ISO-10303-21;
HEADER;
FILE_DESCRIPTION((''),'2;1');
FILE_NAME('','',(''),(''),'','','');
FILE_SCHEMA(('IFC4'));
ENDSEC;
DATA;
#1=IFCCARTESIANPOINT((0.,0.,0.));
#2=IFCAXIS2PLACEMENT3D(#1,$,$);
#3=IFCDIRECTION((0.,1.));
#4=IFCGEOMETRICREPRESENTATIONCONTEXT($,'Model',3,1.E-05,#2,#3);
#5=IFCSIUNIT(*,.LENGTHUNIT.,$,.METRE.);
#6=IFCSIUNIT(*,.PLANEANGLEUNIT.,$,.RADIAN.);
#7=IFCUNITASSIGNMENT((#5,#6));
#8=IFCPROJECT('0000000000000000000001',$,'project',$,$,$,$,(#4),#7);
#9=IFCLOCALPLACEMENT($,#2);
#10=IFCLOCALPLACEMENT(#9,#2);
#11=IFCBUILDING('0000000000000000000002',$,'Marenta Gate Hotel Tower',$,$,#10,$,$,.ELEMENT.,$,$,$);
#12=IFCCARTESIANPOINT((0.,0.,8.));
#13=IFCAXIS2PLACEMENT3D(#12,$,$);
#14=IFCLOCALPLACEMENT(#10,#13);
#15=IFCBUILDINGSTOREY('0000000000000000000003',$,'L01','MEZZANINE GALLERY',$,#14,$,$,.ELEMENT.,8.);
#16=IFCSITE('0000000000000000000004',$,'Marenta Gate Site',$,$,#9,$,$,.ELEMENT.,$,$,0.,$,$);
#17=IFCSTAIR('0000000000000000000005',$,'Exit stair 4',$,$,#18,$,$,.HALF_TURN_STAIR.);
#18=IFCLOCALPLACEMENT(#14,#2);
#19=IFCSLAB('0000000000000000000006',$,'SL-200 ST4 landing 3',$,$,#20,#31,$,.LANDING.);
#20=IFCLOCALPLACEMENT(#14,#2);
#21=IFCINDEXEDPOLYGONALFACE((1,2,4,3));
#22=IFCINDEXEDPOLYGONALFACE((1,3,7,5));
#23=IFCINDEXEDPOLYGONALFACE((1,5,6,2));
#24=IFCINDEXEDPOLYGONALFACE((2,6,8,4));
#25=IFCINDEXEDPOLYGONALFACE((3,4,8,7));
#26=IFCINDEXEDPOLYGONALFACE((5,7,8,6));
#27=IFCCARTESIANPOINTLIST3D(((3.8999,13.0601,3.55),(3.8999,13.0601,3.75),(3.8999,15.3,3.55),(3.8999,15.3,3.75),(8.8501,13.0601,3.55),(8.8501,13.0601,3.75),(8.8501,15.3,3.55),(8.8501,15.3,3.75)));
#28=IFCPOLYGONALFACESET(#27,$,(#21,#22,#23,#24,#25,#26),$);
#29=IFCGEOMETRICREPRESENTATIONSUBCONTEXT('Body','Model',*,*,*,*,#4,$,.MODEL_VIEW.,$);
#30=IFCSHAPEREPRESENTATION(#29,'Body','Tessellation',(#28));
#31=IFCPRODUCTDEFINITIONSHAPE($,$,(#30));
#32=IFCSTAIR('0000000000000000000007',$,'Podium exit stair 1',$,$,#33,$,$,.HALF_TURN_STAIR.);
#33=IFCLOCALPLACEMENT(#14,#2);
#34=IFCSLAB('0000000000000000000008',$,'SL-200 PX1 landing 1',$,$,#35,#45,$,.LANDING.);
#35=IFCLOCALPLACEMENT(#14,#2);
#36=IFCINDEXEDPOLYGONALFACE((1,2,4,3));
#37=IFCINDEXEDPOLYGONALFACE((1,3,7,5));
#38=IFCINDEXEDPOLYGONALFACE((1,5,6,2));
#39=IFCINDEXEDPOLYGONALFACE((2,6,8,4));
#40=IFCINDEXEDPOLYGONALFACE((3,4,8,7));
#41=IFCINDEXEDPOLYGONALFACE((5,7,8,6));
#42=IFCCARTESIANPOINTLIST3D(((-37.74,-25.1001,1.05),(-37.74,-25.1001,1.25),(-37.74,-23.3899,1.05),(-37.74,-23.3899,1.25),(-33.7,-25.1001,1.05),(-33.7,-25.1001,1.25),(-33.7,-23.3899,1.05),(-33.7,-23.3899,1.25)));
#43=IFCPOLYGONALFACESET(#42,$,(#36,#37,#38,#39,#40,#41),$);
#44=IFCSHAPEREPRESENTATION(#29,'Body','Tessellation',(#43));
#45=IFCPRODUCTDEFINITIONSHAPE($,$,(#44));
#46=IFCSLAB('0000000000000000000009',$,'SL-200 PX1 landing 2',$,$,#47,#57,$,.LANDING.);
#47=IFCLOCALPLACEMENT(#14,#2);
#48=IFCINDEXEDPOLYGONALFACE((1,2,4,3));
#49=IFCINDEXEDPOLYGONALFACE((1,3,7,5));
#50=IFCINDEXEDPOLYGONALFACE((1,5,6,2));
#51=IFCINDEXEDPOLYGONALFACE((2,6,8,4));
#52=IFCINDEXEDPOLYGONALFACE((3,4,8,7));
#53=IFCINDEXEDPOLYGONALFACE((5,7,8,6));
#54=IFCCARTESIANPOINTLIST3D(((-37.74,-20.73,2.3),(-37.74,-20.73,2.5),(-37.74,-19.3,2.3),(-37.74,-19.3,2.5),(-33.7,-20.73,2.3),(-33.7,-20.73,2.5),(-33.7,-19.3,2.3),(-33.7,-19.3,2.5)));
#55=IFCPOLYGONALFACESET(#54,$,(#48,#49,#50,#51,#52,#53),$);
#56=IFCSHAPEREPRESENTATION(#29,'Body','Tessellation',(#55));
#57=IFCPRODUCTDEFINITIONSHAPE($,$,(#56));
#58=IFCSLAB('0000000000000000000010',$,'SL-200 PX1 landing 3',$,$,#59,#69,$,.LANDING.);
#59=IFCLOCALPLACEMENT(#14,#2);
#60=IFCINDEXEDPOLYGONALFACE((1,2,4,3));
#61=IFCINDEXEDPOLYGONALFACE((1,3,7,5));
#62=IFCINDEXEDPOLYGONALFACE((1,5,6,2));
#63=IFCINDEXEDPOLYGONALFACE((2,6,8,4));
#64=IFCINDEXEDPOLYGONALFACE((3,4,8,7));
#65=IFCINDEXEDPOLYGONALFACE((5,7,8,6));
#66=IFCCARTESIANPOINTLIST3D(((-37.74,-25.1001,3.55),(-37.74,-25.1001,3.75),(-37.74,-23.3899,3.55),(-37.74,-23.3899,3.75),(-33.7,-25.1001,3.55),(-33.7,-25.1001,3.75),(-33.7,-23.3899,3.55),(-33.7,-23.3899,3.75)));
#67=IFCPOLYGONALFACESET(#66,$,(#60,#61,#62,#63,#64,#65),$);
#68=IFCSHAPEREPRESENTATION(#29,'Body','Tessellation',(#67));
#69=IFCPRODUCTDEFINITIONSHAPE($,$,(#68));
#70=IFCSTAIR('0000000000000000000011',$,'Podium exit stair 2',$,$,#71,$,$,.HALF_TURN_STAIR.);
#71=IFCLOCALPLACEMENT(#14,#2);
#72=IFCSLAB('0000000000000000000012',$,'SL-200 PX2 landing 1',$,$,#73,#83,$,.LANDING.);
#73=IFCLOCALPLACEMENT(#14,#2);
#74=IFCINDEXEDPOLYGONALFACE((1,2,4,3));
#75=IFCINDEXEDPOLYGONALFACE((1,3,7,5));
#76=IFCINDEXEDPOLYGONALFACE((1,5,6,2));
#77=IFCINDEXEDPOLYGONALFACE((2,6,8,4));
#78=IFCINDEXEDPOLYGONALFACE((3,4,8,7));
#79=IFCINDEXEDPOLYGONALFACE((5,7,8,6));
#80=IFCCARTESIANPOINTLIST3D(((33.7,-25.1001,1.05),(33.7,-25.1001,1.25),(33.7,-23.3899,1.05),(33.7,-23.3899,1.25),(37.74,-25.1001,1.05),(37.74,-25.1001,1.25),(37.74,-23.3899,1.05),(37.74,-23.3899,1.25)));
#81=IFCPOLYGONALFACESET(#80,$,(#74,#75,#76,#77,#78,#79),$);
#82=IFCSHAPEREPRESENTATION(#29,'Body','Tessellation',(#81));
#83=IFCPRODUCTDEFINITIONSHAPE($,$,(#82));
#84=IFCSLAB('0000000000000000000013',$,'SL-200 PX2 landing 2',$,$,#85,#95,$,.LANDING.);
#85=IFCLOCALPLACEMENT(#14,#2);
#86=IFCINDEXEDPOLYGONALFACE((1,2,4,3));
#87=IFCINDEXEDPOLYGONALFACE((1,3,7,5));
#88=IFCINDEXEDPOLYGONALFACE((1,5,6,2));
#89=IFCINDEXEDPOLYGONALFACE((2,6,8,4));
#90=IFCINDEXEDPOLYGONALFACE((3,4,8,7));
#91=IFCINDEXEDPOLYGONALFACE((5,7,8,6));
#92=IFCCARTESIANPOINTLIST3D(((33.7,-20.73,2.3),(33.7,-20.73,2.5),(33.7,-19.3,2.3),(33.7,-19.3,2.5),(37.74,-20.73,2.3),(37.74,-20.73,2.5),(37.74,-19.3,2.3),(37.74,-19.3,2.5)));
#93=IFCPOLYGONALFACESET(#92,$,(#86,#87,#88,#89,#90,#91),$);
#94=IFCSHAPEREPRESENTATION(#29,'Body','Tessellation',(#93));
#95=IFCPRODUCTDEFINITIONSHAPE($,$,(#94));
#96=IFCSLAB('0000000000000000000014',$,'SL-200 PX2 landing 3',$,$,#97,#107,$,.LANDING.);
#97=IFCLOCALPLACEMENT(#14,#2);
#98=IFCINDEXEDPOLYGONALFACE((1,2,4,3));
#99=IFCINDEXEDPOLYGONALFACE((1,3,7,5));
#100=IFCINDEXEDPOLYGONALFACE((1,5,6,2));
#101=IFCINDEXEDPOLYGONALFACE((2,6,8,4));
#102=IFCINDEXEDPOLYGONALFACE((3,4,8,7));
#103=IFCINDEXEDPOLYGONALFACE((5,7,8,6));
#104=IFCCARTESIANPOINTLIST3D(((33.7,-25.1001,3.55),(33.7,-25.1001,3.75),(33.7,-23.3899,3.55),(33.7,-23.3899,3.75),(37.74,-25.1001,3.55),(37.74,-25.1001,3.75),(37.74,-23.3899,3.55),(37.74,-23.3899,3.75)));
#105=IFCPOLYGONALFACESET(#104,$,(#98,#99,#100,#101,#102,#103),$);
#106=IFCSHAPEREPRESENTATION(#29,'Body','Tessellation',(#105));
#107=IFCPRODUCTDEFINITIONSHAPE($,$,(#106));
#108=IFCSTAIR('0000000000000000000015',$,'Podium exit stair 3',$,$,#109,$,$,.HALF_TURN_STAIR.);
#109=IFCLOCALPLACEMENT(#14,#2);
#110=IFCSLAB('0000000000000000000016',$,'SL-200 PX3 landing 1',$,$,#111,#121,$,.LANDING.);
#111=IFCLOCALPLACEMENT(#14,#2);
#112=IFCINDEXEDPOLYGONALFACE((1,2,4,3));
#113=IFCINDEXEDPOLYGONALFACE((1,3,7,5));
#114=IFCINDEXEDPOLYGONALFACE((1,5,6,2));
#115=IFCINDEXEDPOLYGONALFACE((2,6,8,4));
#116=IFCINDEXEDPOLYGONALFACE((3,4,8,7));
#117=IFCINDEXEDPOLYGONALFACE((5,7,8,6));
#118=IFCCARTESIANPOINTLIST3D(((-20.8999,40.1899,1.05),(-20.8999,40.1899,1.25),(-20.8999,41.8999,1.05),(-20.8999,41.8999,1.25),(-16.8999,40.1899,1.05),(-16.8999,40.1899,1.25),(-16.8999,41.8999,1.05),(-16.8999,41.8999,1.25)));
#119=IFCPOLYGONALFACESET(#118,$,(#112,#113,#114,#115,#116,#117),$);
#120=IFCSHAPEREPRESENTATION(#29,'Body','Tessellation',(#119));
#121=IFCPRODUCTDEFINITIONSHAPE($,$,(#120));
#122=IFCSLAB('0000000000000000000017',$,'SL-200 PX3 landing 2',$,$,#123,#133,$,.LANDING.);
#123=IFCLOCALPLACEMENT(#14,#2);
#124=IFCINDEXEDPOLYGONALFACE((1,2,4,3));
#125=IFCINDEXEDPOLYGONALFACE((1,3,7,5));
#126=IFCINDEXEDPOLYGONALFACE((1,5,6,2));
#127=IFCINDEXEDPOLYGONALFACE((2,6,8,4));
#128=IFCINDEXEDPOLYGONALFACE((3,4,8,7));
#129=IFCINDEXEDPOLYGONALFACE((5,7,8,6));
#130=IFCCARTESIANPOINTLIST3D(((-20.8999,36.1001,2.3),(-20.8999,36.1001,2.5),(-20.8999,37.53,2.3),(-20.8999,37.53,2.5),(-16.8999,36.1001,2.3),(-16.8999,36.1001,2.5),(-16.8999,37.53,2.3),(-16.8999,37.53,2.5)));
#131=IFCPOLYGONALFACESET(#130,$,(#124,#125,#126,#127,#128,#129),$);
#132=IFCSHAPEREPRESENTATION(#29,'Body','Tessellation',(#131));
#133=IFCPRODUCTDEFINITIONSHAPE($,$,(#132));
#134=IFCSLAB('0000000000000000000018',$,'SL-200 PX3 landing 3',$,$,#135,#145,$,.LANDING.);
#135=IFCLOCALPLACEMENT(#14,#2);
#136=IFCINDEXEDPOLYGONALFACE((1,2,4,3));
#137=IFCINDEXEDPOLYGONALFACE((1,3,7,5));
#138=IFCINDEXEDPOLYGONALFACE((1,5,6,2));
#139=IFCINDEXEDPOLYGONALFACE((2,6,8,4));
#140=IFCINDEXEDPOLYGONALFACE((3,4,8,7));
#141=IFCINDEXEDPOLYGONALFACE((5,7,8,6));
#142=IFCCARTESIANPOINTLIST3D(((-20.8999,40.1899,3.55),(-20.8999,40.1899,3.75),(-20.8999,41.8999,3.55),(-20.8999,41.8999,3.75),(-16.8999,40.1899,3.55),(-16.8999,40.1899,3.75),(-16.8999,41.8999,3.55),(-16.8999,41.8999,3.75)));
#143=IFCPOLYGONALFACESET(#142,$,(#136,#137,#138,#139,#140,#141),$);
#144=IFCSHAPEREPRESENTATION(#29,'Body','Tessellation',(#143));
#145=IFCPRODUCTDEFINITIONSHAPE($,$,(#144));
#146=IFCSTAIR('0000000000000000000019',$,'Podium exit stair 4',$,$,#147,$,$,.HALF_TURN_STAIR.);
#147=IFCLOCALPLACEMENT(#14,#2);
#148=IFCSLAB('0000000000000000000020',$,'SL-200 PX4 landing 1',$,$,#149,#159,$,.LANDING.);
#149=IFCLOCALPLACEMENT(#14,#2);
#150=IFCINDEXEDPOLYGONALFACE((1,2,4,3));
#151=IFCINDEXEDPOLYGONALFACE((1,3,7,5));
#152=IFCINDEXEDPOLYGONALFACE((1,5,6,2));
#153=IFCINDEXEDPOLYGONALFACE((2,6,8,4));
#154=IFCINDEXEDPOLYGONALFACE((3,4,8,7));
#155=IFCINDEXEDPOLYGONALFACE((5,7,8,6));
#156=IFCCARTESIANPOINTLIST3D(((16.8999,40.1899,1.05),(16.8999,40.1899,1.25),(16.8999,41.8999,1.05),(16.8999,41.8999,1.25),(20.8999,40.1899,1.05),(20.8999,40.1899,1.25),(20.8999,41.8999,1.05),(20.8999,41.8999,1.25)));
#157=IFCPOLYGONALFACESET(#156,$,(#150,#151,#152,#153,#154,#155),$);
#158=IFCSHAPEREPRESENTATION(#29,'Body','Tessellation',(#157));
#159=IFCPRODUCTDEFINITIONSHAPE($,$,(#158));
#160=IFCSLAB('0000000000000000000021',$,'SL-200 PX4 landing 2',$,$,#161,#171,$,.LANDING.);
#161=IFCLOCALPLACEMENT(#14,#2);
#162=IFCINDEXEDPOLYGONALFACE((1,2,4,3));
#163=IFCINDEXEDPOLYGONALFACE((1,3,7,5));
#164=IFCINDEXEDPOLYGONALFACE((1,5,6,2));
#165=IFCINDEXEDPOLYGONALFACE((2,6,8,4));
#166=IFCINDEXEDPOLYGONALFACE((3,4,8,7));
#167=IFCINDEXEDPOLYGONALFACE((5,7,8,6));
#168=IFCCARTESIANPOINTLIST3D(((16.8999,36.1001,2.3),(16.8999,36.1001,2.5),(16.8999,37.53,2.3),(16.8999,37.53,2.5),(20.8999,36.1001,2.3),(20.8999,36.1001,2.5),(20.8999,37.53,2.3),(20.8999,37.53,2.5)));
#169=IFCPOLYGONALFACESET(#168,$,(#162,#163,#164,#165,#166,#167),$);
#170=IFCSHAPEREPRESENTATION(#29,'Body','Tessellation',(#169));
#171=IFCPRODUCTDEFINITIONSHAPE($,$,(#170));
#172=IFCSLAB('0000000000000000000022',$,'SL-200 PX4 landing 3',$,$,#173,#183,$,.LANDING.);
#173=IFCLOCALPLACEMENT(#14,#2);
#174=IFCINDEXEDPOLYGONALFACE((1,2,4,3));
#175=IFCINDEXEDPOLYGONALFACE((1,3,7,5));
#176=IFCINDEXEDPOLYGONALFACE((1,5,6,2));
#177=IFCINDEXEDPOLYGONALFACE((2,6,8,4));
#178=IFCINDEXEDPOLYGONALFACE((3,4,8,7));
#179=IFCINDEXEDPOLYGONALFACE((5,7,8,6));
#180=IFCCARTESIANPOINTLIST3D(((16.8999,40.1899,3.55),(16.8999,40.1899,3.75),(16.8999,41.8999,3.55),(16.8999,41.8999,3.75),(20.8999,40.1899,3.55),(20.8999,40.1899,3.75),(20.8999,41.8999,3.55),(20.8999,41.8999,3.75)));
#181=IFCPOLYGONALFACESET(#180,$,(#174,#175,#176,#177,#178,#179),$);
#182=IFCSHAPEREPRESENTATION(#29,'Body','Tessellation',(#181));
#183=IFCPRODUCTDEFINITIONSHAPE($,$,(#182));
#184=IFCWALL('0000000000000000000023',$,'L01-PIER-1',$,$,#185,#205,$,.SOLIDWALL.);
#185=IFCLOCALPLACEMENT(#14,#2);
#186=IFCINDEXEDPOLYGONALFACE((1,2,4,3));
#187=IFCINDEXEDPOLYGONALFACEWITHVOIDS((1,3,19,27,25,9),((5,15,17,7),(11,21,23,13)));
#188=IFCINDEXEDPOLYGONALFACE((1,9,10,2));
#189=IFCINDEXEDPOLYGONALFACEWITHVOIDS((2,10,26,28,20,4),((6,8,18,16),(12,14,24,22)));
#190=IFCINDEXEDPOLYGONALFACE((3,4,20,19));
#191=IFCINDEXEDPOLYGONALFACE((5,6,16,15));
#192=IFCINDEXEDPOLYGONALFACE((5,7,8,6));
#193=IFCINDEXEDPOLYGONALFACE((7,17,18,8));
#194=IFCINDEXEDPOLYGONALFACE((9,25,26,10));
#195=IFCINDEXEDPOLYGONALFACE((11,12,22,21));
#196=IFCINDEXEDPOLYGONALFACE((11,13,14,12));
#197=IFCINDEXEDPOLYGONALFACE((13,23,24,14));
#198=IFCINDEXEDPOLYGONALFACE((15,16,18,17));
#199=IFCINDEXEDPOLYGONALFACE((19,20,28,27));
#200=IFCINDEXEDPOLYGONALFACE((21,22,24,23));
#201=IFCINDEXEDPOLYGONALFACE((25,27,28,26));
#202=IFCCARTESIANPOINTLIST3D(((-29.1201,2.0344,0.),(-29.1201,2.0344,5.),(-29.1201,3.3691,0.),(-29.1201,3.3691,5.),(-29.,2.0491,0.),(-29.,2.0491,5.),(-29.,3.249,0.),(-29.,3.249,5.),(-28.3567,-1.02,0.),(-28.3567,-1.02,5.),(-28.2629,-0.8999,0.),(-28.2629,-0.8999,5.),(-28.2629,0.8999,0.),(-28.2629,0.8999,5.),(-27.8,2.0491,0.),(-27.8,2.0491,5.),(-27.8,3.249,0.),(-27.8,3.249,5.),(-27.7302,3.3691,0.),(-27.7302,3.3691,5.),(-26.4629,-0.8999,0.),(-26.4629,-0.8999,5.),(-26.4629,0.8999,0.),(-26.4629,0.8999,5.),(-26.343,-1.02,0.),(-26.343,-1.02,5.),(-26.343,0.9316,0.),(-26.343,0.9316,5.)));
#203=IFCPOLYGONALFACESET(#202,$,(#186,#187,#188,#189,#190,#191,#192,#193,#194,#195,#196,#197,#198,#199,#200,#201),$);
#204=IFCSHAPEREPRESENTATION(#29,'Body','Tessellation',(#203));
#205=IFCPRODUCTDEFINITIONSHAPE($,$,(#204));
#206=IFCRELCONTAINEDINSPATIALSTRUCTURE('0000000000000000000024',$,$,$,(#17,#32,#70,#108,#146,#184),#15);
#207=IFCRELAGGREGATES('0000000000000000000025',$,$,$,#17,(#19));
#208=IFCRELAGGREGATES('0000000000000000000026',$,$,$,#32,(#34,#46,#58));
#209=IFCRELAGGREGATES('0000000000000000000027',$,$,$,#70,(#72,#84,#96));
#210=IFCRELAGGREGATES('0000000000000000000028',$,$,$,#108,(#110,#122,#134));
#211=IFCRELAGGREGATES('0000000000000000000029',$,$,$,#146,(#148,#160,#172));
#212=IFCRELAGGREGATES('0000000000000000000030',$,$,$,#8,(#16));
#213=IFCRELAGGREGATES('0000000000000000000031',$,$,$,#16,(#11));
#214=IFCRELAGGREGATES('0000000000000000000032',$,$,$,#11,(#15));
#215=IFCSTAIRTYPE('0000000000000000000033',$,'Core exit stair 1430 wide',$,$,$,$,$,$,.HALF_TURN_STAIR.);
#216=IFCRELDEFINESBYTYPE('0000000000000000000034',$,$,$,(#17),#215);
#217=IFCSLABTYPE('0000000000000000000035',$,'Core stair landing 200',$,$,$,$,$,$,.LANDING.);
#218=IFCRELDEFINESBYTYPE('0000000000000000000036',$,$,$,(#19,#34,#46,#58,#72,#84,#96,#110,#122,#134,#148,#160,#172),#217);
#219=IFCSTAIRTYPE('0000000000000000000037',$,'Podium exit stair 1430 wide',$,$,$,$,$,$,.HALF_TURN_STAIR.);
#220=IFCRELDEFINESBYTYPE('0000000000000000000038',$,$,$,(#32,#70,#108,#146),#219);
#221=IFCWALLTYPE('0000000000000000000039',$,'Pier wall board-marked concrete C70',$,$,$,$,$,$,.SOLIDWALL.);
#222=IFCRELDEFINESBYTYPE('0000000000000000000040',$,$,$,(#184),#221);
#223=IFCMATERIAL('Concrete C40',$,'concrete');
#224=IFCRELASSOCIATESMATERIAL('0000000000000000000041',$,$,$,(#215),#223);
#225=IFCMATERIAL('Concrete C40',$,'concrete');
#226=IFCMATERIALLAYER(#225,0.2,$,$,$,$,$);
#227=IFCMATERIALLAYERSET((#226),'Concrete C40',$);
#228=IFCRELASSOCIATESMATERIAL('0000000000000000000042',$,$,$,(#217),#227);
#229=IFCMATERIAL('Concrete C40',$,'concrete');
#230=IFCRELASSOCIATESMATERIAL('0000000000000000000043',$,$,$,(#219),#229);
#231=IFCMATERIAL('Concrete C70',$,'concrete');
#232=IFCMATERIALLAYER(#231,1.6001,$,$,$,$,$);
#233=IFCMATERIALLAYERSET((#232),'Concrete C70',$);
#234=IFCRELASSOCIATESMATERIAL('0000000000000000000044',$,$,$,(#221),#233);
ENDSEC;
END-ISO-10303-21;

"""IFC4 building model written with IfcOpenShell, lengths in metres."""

from ifc_helpers import new_model, si_unit, direction, frame, origin, place, context, subcontext, project, spatial, polyline, outline, extrude, material, layer, layer_set, type_object, element, aggregate, save


model = new_model("IFC4")

# Units and contexts
model_context = context("Model", 3, precision=1e-05, world=origin(), true_north=direction((0.0, 1.0)))
body_context = subcontext(model_context, "Body", "Model", "MODEL_VIEW")
ifc_project = project(units=[si_unit("LENGTHUNIT", "METRE"), si_unit("PLANEANGLEUNIT", "RADIAN")], contexts=[model_context])

# Site, building, storey
site_placement = place(None, origin())
site = spatial("IfcSite", under=ifc_project, at=site_placement, Name="Marenta Gate Site", CompositionType="ELEMENT", RefElevation=0.0)
building_placement = place(site_placement, origin())
building = spatial("IfcBuilding", under=site, at=building_placement, Name="Marenta Gate Hotel Tower", CompositionType="ELEMENT")
storey_placement = place(building_placement, frame((0.0, 0.0, 8.0)))
storey = spatial("IfcBuildingStorey", under=building, at=storey_placement, Name="L01", Description="MEZZANINE GALLERY", CompositionType="ELEMENT", Elevation=8.0)

# Stairs, slabs
ifc_material_1 = material(Name="Concrete C40", Category="concrete")
stair_type_1 = type_object("IfcStairType", Name="Core exit stair 1430 wide", PredefinedType="HALF_TURN_STAIR", material=ifc_material_1)
ifc_material_2 = material(Name="Concrete C40", Category="concrete")
ifc_layer_1 = layer(ifc_material_2, 0.2)
ifc_layer_set_1 = layer_set([ifc_layer_1], Name="Concrete C40")
slab_type = type_object("IfcSlabType", Name="Core stair landing 200", PredefinedType="LANDING", material=ifc_layer_set_1)
stair_1_placement = place(storey_placement, origin())
stair_1 = element("IfcStair", 1, at=stair_1_placement, inside=storey, type_object=stair_type_1, Name="Exit stair 4", PredefinedType="HALF_TURN_STAIR")
slab_1_placement = place(storey_placement, frame((0.0, 0.0, 3.55)))
slab_1 = element("IfcSlab", 2, at=slab_1_placement, type_object=slab_type, Name="SL-200 ST4 landing 3", PredefinedType="LANDING", context=body_context, shape_type="SweptSolid", body=[
    extrude(outline(polyline([(3.8999, 13.0601), (8.8501, 13.0601), (8.8501, 15.3), (3.8999, 15.3), (3.8999, 13.0601)])), origin(), (0.0, 0.0, 1.0), 0.2),
])
aggregate(stair_1, [slab_1])
ifc_material_3 = material(Name="Concrete C40", Category="concrete")
stair_type_2 = type_object("IfcStairType", Name="Podium exit stair 1430 wide", PredefinedType="HALF_TURN_STAIR", material=ifc_material_3)
stair_2_placement = place(storey_placement, origin())
stair_2 = element("IfcStair", 3, at=stair_2_placement, inside=storey, type_object=stair_type_2, Name="Podium exit stair 1", PredefinedType="HALF_TURN_STAIR")
slab_2_placement = place(storey_placement, frame((0.0, 0.0, 1.05)))
slab_2 = element("IfcSlab", 4, at=slab_2_placement, type_object=slab_type, Name="SL-200 PX1 landing 1", PredefinedType="LANDING", context=body_context, shape_type="SweptSolid", body=[
    extrude(outline(polyline([(-37.74, -25.1001), (-33.7, -25.1001), (-33.7, -23.3899), (-37.74, -23.3899), (-37.74, -25.1001)])), origin(), (0.0, 0.0, 1.0), 0.2),
])
slab_3_placement = place(storey_placement, frame((0.0, 0.0, 2.3)))
slab_3 = element("IfcSlab", 5, at=slab_3_placement, type_object=slab_type, Name="SL-200 PX1 landing 2", PredefinedType="LANDING", context=body_context, shape_type="SweptSolid", body=[
    extrude(outline(polyline([(-37.74, -20.73), (-33.7, -20.73), (-33.7, -19.3), (-37.74, -19.3), (-37.74, -20.73)])), origin(), (0.0, 0.0, 1.0), 0.2),
])
slab_4_placement = place(storey_placement, frame((0.0, 0.0, 3.55)))
slab_4 = element("IfcSlab", 6, at=slab_4_placement, type_object=slab_type, Name="SL-200 PX1 landing 3", PredefinedType="LANDING", context=body_context, shape_type="SweptSolid", body=[
    extrude(outline(polyline([(-37.74, -25.1001), (-33.7, -25.1001), (-33.7, -23.3899), (-37.74, -23.3899), (-37.74, -25.1001)])), origin(), (0.0, 0.0, 1.0), 0.2),
])
aggregate(stair_2, [slab_2, slab_3, slab_4])
stair_3_placement = place(storey_placement, origin())
stair_3 = element("IfcStair", 7, at=stair_3_placement, inside=storey, type_object=stair_type_2, Name="Podium exit stair 2", PredefinedType="HALF_TURN_STAIR")
slab_5_placement = place(storey_placement, frame((0.0, 0.0, 1.05)))
slab_5 = element("IfcSlab", 8, at=slab_5_placement, type_object=slab_type, Name="SL-200 PX2 landing 1", PredefinedType="LANDING", context=body_context, shape_type="SweptSolid", body=[
    extrude(outline(polyline([(33.7, -25.1001), (37.74, -25.1001), (37.74, -23.3899), (33.7, -23.3899), (33.7, -25.1001)])), origin(), (0.0, 0.0, 1.0), 0.2),
])
slab_6_placement = place(storey_placement, frame((0.0, 0.0, 2.3)))
slab_6 = element("IfcSlab", 9, at=slab_6_placement, type_object=slab_type, Name="SL-200 PX2 landing 2", PredefinedType="LANDING", context=body_context, shape_type="SweptSolid", body=[
    extrude(outline(polyline([(33.7, -20.73), (37.74, -20.73), (37.74, -19.3), (33.7, -19.3), (33.7, -20.73)])), origin(), (0.0, 0.0, 1.0), 0.2),
])
slab_7_placement = place(storey_placement, frame((0.0, 0.0, 3.55)))
slab_7 = element("IfcSlab", 10, at=slab_7_placement, type_object=slab_type, Name="SL-200 PX2 landing 3", PredefinedType="LANDING", context=body_context, shape_type="SweptSolid", body=[
    extrude(outline(polyline([(33.7, -25.1001), (37.74, -25.1001), (37.74, -23.3899), (33.7, -23.3899), (33.7, -25.1001)])), origin(), (0.0, 0.0, 1.0), 0.2),
])
aggregate(stair_3, [slab_5, slab_6, slab_7])
stair_4_placement = place(storey_placement, origin())
stair_4 = element("IfcStair", 11, at=stair_4_placement, inside=storey, type_object=stair_type_2, Name="Podium exit stair 3", PredefinedType="HALF_TURN_STAIR")
slab_8_placement = place(storey_placement, frame((0.0, 0.0, 1.05)))
slab_8 = element("IfcSlab", 12, at=slab_8_placement, type_object=slab_type, Name="SL-200 PX3 landing 1", PredefinedType="LANDING", context=body_context, shape_type="SweptSolid", body=[
    extrude(outline(polyline([(-20.8999, 40.1899), (-16.8999, 40.1899), (-16.8999, 41.8999), (-20.8999, 41.8999), (-20.8999, 40.1899)])), origin(), (0.0, 0.0, 1.0), 0.2),
])
slab_9_placement = place(storey_placement, frame((0.0, 0.0, 2.3)))
slab_9 = element("IfcSlab", 13, at=slab_9_placement, type_object=slab_type, Name="SL-200 PX3 landing 2", PredefinedType="LANDING", context=body_context, shape_type="SweptSolid", body=[
    extrude(outline(polyline([(-20.8999, 36.1001), (-16.8999, 36.1001), (-16.8999, 37.53), (-20.8999, 37.53), (-20.8999, 36.1001)])), origin(), (0.0, 0.0, 1.0), 0.2),
])
slab_10_placement = place(storey_placement, frame((0.0, 0.0, 3.55)))
slab_10 = element("IfcSlab", 14, at=slab_10_placement, type_object=slab_type, Name="SL-200 PX3 landing 3", PredefinedType="LANDING", context=body_context, shape_type="SweptSolid", body=[
    extrude(outline(polyline([(-20.8999, 40.1899), (-16.8999, 40.1899), (-16.8999, 41.8999), (-20.8999, 41.8999), (-20.8999, 40.1899)])), origin(), (0.0, 0.0, 1.0), 0.2),
])
aggregate(stair_4, [slab_8, slab_9, slab_10])
stair_5_placement = place(storey_placement, origin())
stair_5 = element("IfcStair", 15, at=stair_5_placement, inside=storey, type_object=stair_type_2, Name="Podium exit stair 4", PredefinedType="HALF_TURN_STAIR")
slab_11_placement = place(storey_placement, frame((0.0, 0.0, 1.05)))
slab_11 = element("IfcSlab", 16, at=slab_11_placement, type_object=slab_type, Name="SL-200 PX4 landing 1", PredefinedType="LANDING", context=body_context, shape_type="SweptSolid", body=[
    extrude(outline(polyline([(16.8999, 40.1899), (20.8999, 40.1899), (20.8999, 41.8999), (16.8999, 41.8999), (16.8999, 40.1899)])), origin(), (0.0, 0.0, 1.0), 0.2),
])
slab_12_placement = place(storey_placement, frame((0.0, 0.0, 2.3)))
slab_12 = element("IfcSlab", 17, at=slab_12_placement, type_object=slab_type, Name="SL-200 PX4 landing 2", PredefinedType="LANDING", context=body_context, shape_type="SweptSolid", body=[
    extrude(outline(polyline([(16.8999, 36.1001), (20.8999, 36.1001), (20.8999, 37.53), (16.8999, 37.53), (16.8999, 36.1001)])), origin(), (0.0, 0.0, 1.0), 0.2),
])
slab_13_placement = place(storey_placement, frame((0.0, 0.0, 3.55)))
slab_13 = element("IfcSlab", 18, at=slab_13_placement, type_object=slab_type, Name="SL-200 PX4 landing 3", PredefinedType="LANDING", context=body_context, shape_type="SweptSolid", body=[
    extrude(outline(polyline([(16.8999, 40.1899), (20.8999, 40.1899), (20.8999, 41.8999), (16.8999, 41.8999), (16.8999, 40.1899)])), origin(), (0.0, 0.0, 1.0), 0.2),
])
aggregate(stair_5, [slab_11, slab_12, slab_13])

# Wall
ifc_material_4 = material(Name="Concrete C70", Category="concrete")
ifc_layer_2 = layer(ifc_material_4, 1.6001)
ifc_layer_set_2 = layer_set([ifc_layer_2], Name="Concrete C70")
wall_type = type_object("IfcWallType", Name="Pier wall board-marked concrete C70", PredefinedType="SOLIDWALL", material=ifc_layer_set_2)
wall_1_placement = place(storey_placement, origin())
element("IfcWall", 19, at=wall_1_placement, inside=storey, type_object=wall_type, Name="L01-PIER-1", PredefinedType="SOLIDWALL", context=body_context, shape_type="SweptSolid", body=[
    extrude(outline(polyline([(-29.1201, 2.0344), (-29.1201, 3.3691), (-27.7302, 3.3691), (-26.343, 0.9316), (-26.343, -1.02), (-28.3567, -1.02), (-29.1201, 2.0344)]), holes=[polyline([(-28.2629, -0.8999), (-26.4629, -0.8999), (-26.4629, 0.8999), (-28.2629, 0.8999), (-28.2629, -0.8999)]), polyline([(-29.0, 2.0491), (-27.8, 2.0491), (-27.8, 3.249), (-29.0, 3.249), (-29.0, 2.0491)])]), origin(), (0.0, 0.0, 1.0), 5.0),
])

save(model, "model.ifc")
